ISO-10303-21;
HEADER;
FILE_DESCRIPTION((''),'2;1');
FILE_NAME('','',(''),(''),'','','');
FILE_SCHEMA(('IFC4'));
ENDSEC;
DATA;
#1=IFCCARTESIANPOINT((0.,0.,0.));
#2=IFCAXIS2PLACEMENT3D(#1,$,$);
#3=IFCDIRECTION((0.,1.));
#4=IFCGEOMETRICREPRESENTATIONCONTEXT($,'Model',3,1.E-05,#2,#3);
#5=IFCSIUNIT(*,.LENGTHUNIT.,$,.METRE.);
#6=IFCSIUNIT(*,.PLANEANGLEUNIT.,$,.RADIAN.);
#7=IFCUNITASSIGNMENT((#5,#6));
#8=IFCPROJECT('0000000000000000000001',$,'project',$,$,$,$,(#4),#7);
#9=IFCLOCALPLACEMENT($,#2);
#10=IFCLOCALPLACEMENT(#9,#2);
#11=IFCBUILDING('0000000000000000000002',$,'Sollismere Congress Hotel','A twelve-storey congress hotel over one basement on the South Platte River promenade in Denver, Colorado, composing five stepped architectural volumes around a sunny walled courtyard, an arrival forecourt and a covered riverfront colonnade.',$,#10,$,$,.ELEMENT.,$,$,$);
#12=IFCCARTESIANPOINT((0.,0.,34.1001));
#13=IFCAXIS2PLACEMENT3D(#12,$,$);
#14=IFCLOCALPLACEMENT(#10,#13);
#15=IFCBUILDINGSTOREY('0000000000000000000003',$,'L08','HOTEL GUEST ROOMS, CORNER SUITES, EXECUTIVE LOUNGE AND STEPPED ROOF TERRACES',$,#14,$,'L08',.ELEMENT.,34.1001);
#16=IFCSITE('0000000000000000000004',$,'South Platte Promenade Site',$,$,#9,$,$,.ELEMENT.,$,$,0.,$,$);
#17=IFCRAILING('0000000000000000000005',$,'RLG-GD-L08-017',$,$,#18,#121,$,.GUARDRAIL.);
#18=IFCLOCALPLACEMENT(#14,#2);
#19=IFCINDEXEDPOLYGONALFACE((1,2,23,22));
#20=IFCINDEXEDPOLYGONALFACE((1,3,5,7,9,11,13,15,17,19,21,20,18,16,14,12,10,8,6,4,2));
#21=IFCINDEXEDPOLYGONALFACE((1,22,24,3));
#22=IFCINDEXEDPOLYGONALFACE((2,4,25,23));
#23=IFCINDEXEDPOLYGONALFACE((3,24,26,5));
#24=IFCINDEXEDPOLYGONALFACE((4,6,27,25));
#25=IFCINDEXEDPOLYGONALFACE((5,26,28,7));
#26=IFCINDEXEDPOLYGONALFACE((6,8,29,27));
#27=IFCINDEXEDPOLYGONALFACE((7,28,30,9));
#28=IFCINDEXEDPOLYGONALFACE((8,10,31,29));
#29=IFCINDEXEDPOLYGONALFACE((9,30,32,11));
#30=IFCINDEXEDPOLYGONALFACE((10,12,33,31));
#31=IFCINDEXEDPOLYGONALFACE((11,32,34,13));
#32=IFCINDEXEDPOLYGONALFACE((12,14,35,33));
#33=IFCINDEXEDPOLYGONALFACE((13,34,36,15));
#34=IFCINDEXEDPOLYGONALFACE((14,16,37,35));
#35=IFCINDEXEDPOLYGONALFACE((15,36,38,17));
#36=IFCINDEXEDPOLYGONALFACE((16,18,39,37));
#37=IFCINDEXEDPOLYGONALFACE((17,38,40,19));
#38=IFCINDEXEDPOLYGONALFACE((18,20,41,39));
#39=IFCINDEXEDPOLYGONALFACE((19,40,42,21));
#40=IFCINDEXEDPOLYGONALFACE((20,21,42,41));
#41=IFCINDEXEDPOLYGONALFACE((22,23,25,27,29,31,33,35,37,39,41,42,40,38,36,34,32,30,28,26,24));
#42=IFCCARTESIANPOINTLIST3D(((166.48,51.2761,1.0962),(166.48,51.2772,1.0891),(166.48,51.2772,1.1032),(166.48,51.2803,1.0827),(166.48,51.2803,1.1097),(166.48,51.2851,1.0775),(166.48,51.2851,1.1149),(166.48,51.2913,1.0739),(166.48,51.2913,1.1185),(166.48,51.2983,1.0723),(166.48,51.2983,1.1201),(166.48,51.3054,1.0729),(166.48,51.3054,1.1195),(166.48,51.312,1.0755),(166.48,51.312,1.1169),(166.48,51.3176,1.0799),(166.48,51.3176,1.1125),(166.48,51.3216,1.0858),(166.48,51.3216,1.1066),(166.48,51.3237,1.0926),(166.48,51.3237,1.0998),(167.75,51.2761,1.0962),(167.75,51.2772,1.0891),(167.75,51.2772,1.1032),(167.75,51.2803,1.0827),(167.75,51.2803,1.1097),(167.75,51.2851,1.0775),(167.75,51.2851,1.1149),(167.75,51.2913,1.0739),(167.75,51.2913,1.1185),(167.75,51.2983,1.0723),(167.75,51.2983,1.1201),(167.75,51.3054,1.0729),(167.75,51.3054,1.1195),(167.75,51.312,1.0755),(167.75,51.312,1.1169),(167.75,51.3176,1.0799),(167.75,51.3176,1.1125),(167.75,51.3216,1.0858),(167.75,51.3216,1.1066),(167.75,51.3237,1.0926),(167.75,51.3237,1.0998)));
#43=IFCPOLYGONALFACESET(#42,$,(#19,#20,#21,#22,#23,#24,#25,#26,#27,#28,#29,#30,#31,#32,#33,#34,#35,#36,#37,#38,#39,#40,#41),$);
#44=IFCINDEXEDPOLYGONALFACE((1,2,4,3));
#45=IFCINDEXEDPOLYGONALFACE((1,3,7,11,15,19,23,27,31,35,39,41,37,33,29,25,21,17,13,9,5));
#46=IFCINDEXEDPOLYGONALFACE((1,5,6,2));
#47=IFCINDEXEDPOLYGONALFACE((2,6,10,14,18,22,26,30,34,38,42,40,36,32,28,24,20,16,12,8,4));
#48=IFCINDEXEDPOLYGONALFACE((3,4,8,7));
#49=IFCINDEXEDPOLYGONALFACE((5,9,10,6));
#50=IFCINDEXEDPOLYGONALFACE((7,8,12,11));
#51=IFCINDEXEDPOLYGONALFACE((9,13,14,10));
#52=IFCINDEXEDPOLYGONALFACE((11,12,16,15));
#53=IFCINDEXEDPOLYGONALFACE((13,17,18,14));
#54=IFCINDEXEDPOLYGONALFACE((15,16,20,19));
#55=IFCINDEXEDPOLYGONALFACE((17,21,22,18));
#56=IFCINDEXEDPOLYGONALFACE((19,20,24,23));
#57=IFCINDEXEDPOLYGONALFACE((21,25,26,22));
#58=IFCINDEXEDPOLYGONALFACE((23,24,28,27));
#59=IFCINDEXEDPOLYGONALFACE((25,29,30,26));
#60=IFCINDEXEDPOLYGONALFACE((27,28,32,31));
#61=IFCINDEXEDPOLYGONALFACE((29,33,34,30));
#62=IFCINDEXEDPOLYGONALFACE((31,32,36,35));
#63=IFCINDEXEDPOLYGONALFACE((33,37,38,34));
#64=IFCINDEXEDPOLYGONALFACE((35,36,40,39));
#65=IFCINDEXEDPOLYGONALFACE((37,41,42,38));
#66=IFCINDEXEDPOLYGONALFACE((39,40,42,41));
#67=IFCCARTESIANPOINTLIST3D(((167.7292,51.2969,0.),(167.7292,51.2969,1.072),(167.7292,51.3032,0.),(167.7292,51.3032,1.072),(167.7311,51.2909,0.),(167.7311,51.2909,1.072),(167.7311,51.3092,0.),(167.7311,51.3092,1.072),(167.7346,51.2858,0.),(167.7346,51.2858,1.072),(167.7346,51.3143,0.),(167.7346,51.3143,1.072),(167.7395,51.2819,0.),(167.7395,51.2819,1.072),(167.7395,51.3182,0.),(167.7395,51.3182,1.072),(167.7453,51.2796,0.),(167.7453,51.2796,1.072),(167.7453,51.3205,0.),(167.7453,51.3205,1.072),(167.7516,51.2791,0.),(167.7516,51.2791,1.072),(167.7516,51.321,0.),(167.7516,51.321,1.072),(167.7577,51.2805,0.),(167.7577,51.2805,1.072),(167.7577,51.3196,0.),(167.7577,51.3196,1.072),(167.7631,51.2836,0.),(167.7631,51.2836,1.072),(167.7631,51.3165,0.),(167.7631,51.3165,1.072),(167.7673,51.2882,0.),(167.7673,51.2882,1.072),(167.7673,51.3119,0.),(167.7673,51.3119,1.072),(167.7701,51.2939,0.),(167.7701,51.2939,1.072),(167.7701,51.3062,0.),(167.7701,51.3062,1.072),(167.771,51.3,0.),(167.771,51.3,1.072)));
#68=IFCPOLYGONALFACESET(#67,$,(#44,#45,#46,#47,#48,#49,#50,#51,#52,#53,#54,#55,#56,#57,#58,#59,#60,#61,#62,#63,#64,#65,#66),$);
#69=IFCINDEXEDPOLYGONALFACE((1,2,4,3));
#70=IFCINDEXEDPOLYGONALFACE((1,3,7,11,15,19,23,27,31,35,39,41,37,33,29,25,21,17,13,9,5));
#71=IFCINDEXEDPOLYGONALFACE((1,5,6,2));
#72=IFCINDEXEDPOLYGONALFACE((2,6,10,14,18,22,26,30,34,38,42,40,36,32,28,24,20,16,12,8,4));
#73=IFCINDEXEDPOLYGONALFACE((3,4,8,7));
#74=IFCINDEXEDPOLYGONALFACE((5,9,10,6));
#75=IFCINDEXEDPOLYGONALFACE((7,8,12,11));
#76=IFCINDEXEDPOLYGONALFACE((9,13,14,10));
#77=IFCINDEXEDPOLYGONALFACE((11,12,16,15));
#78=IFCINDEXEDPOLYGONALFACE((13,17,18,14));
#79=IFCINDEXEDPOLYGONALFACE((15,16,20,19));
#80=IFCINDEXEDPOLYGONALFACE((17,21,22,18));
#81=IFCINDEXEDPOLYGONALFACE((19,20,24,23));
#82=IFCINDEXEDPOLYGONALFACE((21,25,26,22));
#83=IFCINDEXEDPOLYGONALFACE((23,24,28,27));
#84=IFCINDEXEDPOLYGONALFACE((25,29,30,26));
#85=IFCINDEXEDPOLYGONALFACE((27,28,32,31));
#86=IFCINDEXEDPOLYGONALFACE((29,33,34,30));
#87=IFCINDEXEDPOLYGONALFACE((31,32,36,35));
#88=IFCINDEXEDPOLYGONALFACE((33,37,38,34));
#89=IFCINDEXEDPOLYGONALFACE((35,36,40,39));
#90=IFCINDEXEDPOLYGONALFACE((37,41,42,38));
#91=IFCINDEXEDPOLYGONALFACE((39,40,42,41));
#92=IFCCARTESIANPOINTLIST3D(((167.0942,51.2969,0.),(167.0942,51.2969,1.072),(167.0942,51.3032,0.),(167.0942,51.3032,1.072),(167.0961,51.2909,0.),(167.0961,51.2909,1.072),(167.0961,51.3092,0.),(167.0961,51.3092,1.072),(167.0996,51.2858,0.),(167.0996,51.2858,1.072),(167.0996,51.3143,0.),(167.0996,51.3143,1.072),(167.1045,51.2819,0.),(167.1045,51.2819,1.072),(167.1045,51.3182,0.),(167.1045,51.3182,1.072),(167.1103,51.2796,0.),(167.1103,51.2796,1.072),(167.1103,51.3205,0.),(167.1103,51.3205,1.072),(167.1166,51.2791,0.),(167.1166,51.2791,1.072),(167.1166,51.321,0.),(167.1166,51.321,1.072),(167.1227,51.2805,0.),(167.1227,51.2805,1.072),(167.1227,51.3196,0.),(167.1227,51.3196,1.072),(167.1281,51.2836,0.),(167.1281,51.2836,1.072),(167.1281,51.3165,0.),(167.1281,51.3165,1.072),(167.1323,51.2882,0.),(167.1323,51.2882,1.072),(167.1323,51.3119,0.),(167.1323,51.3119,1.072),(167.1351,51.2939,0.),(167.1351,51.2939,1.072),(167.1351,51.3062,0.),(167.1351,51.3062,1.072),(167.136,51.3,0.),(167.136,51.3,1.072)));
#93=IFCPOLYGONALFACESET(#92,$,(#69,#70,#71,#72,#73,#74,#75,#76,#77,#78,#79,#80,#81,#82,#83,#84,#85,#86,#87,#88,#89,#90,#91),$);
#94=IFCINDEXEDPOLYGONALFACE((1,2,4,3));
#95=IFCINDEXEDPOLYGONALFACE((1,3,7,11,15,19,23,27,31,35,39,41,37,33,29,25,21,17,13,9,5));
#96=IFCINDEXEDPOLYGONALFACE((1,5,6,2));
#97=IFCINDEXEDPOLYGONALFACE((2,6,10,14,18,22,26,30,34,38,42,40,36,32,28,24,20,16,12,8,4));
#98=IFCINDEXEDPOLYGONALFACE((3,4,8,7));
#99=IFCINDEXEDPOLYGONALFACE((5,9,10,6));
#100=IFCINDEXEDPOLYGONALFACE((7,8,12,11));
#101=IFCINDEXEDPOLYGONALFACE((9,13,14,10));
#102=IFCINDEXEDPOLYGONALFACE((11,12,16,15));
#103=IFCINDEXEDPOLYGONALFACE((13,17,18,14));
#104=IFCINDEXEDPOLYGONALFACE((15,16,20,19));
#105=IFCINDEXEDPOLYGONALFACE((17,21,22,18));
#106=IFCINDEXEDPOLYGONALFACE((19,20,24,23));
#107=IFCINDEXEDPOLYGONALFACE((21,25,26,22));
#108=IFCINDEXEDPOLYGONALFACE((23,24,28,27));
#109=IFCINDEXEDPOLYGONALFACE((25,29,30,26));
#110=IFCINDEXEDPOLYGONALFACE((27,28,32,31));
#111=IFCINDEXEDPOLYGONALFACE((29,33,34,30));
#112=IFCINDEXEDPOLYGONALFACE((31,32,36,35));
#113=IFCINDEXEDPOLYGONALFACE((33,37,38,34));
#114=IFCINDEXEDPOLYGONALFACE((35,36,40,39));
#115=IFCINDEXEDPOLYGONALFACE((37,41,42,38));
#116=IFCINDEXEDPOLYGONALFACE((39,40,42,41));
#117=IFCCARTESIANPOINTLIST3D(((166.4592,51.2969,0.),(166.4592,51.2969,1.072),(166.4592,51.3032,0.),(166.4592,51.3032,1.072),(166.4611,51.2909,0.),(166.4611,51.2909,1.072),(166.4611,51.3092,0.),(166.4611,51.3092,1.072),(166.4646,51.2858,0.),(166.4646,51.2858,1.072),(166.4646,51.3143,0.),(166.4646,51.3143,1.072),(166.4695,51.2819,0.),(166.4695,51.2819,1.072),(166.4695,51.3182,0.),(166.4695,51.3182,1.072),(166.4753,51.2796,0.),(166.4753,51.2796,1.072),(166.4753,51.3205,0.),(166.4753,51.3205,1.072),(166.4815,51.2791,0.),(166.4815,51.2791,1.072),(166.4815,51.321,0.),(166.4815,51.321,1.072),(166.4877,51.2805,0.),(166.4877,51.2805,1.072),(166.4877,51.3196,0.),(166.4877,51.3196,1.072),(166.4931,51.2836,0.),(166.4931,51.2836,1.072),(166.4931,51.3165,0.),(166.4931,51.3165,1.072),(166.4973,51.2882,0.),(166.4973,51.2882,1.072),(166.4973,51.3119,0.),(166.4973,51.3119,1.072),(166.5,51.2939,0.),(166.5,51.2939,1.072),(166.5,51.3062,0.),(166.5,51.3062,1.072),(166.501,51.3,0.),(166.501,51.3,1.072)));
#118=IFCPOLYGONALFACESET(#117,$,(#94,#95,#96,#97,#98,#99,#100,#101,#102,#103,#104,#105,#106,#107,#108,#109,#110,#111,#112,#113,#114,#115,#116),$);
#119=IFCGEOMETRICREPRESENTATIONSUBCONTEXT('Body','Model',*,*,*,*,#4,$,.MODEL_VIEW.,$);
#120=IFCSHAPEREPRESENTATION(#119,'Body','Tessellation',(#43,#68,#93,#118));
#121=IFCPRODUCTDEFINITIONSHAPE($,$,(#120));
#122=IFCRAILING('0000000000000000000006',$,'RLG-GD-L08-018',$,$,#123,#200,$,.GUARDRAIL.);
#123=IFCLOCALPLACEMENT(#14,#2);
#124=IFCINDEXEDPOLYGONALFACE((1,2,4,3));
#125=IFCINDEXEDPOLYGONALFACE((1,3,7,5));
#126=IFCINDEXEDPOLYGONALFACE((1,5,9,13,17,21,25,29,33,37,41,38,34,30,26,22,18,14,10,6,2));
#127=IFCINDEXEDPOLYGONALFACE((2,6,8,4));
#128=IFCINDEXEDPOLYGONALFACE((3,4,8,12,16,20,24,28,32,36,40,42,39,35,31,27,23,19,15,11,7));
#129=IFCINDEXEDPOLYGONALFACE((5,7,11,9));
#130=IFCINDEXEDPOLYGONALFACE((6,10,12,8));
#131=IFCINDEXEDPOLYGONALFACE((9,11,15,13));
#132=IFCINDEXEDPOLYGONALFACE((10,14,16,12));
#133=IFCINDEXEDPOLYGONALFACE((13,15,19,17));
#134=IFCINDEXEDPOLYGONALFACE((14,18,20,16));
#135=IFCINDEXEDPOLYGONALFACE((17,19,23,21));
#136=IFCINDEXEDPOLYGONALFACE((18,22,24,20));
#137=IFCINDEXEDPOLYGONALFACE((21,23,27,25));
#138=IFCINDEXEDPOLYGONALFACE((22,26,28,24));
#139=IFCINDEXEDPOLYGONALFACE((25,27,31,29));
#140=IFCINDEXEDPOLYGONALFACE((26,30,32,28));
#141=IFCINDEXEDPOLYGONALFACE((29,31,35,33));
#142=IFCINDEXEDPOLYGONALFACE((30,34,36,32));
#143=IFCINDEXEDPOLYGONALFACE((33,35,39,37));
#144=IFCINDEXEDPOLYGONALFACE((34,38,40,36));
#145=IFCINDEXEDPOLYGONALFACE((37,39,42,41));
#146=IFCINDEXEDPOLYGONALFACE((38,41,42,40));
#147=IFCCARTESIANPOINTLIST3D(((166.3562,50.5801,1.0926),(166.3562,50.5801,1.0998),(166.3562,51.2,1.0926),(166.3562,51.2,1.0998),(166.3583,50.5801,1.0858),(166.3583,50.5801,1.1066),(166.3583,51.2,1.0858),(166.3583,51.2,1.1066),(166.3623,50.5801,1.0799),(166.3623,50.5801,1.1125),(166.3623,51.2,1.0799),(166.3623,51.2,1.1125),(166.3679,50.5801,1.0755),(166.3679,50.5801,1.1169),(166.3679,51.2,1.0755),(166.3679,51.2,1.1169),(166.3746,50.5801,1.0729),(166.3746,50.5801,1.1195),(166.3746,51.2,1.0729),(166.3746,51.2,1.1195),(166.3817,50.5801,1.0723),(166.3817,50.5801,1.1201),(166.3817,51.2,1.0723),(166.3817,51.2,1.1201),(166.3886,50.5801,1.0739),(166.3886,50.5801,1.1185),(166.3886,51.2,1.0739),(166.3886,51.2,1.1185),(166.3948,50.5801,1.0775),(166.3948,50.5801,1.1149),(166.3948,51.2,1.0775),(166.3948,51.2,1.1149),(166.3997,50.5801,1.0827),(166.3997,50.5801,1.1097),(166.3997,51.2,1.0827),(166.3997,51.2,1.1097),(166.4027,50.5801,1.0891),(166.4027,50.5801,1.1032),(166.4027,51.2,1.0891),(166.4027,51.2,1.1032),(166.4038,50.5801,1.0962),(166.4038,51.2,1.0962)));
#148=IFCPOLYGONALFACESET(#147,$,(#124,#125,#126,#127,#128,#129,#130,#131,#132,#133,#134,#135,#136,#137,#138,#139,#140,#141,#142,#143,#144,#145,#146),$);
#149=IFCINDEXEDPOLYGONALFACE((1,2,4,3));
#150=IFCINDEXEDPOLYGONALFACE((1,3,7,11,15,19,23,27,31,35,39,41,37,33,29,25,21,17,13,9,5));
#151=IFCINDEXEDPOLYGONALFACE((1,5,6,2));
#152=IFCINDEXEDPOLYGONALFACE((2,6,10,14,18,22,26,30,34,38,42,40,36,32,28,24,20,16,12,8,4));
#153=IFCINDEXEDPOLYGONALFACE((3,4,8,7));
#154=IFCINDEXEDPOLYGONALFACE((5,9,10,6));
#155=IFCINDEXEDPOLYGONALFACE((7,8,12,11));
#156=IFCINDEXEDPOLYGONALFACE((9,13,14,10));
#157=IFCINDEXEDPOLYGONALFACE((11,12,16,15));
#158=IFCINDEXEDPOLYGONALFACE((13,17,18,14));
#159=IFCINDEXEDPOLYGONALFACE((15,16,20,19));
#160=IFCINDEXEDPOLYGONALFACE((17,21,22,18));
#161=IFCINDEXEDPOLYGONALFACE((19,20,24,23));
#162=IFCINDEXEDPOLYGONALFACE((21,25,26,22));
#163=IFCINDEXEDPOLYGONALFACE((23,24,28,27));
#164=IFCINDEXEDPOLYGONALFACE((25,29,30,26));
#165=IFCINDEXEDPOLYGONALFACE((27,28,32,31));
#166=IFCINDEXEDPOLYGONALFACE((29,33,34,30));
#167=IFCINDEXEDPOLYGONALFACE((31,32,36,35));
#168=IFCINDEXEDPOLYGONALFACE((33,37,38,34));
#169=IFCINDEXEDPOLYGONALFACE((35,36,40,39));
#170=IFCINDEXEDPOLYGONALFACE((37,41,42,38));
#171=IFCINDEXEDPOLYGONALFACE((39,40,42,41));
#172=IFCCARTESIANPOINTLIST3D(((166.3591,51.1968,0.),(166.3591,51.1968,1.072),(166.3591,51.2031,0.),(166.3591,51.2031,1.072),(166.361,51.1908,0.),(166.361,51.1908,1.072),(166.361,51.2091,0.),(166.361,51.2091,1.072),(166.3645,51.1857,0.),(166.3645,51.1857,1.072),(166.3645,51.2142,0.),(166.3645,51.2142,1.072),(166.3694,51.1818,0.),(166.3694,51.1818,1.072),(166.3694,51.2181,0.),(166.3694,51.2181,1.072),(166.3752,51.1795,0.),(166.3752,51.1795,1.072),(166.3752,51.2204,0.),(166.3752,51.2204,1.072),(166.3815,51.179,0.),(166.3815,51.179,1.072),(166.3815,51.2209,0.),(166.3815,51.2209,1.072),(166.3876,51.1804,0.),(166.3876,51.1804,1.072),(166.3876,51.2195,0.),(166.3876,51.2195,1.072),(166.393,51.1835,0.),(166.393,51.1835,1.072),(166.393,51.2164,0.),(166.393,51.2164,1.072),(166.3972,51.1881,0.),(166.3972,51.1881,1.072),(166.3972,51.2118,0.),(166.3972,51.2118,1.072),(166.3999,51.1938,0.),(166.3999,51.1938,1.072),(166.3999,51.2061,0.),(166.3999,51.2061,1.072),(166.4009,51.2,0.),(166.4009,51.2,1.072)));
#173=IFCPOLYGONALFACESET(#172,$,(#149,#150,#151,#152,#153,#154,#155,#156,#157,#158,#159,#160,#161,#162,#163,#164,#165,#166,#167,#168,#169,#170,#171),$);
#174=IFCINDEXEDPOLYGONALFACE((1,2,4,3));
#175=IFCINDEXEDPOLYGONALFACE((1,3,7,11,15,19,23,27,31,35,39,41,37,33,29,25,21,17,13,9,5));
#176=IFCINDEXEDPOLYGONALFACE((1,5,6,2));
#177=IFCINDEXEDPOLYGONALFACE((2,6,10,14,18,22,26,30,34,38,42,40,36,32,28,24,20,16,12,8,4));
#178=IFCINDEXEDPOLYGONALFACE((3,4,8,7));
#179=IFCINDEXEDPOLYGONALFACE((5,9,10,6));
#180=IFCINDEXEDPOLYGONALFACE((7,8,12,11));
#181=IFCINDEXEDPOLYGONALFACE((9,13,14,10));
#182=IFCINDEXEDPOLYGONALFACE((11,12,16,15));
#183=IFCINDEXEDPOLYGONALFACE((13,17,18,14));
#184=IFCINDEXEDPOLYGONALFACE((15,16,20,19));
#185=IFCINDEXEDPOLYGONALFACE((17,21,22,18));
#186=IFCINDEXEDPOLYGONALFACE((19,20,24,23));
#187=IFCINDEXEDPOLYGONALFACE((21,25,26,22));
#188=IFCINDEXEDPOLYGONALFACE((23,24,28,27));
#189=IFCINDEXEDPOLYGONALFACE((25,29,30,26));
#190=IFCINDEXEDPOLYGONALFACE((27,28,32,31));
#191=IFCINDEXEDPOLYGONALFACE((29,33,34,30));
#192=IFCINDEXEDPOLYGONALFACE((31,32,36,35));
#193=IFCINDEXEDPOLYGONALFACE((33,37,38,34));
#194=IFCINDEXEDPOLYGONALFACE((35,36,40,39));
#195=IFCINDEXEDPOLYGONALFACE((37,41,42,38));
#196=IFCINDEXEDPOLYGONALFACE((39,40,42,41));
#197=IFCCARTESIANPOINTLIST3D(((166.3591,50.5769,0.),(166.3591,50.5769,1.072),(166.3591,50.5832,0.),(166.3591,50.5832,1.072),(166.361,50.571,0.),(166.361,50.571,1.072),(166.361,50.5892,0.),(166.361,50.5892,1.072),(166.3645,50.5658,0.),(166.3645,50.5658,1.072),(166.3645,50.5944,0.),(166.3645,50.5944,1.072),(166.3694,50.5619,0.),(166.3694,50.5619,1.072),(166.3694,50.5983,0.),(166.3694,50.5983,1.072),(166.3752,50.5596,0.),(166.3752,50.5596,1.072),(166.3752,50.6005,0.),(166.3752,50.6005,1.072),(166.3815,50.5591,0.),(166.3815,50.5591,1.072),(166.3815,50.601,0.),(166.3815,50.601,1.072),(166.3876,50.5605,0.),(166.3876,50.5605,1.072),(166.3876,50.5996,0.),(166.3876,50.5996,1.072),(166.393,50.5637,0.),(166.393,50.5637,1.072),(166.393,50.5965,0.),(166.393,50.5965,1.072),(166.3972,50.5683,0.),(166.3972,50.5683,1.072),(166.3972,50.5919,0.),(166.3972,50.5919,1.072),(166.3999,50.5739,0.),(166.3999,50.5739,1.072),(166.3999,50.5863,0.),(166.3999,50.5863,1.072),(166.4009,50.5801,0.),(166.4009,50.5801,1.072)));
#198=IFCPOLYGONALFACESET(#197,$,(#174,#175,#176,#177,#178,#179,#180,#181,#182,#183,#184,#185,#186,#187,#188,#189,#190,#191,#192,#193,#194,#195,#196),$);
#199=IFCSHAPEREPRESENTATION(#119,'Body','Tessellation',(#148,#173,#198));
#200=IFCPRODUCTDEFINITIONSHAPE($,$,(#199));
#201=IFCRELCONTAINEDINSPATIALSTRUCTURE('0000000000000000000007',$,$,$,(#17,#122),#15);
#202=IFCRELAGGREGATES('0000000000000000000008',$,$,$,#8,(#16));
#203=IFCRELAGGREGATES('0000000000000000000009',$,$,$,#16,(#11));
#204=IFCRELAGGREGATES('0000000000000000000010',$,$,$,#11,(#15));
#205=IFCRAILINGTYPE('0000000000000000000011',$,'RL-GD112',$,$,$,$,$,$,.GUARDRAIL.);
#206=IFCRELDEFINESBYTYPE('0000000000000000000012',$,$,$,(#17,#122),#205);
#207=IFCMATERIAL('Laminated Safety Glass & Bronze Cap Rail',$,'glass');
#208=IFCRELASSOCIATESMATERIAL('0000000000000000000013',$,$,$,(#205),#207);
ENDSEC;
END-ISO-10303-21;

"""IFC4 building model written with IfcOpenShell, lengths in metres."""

from ifc_helpers import new_model, si_unit, direction, frame, origin, origin_2d, place, context, subcontext, project, spatial, circle, extrude, material, type_object, element, save


model = new_model("IFC4")

# Units and contexts
model_context = context("Model", 3, precision=1e-05, world=origin(), true_north=direction((0.0, 1.0)))
body_context = subcontext(model_context, "Body", "Model", "MODEL_VIEW")
ifc_project = project(units=[si_unit("LENGTHUNIT", "METRE"), si_unit("PLANEANGLEUNIT", "RADIAN")], contexts=[model_context])

# Site, building, storey
site_placement = place(None, origin())
site = spatial("IfcSite", under=ifc_project, at=site_placement, Name="South Platte Promenade Site", CompositionType="ELEMENT", RefElevation=0.0)
building_placement = place(site_placement, origin())
building = spatial("IfcBuilding", under=site, at=building_placement, Name="Sollismere Congress Hotel", Description="A twelve-storey congress hotel over one basement on the South Platte River promenade in Denver, Colorado, composing five stepped architectural volumes around a sunny walled courtyard, an arrival forecourt and a covered riverfront colonnade.", CompositionType="ELEMENT")
storey_placement = place(building_placement, frame((0.0, 0.0, 34.1001)))
storey = spatial("IfcBuildingStorey", under=building, at=storey_placement, Name="L08", Description="HOTEL GUEST ROOMS, CORNER SUITES, EXECUTIVE LOUNGE AND STEPPED ROOF TERRACES", LongName="L08", CompositionType="ELEMENT", Elevation=34.1001)

# Railings
ifc_material_1 = material(Name="Laminated Safety Glass & Bronze Cap Rail", Category="glass")
railing_type = type_object("IfcRailingType", Name="RL-GD112", PredefinedType="GUARDRAIL", material=ifc_material_1)
railing_1_placement = place(storey_placement, frame((167.75, 51.3, 0.0)))
element("IfcRailing", 1, at=railing_1_placement, inside=storey, type_object=railing_type, Name="RLG-GD-L08-017", PredefinedType="GUARDRAIL", context=body_context, shape_type="SweptSolid", body=[
    extrude(circle(Radius=0.0239, at=origin_2d()), frame((0.0, 0.0, 1.0962), z_axis=(-1.0, 0.0, 0.0), x_axis=(0.0, -1.0, 0.0)), (0.0, 0.0, 1.0), 1.27),
    extrude(circle(Radius=0.021, at=origin_2d()), origin(), (0.0, 0.0, 1.0), 1.072),
    extrude(circle(Radius=0.021, at=origin_2d()), frame((-0.635, 0.0, 0.0)), (0.0, 0.0, 1.0), 1.072),
    extrude(circle(Radius=0.021, at=origin_2d()), frame((-1.27, 0.0, 0.0)), (0.0, 0.0, 1.0), 1.072),
])
railing_2_placement = place(storey_placement, frame((166.3799, 51.2, 0.0)))
element("IfcRailing", 2, at=railing_2_placement, inside=storey, type_object=railing_type, Name="RLG-GD-L08-018", PredefinedType="GUARDRAIL", context=body_context, shape_type="SweptSolid", body=[
    extrude(circle(Radius=0.0239, at=origin_2d()), frame((0.0, 0.0, 1.0962), z_axis=(0.0, -1.0, 0.0), x_axis=(1.0, 0.0, 0.0)), (0.0, 0.0, 1.0), 0.6199),
    extrude(circle(Radius=0.021, at=origin_2d()), origin(), (0.0, 0.0, 1.0), 1.072),
    extrude(circle(Radius=0.021, at=origin_2d()), frame((0.0, -0.6199, 0.0)), (0.0, 0.0, 1.0), 1.072),
])

save(model, "model.ifc")
